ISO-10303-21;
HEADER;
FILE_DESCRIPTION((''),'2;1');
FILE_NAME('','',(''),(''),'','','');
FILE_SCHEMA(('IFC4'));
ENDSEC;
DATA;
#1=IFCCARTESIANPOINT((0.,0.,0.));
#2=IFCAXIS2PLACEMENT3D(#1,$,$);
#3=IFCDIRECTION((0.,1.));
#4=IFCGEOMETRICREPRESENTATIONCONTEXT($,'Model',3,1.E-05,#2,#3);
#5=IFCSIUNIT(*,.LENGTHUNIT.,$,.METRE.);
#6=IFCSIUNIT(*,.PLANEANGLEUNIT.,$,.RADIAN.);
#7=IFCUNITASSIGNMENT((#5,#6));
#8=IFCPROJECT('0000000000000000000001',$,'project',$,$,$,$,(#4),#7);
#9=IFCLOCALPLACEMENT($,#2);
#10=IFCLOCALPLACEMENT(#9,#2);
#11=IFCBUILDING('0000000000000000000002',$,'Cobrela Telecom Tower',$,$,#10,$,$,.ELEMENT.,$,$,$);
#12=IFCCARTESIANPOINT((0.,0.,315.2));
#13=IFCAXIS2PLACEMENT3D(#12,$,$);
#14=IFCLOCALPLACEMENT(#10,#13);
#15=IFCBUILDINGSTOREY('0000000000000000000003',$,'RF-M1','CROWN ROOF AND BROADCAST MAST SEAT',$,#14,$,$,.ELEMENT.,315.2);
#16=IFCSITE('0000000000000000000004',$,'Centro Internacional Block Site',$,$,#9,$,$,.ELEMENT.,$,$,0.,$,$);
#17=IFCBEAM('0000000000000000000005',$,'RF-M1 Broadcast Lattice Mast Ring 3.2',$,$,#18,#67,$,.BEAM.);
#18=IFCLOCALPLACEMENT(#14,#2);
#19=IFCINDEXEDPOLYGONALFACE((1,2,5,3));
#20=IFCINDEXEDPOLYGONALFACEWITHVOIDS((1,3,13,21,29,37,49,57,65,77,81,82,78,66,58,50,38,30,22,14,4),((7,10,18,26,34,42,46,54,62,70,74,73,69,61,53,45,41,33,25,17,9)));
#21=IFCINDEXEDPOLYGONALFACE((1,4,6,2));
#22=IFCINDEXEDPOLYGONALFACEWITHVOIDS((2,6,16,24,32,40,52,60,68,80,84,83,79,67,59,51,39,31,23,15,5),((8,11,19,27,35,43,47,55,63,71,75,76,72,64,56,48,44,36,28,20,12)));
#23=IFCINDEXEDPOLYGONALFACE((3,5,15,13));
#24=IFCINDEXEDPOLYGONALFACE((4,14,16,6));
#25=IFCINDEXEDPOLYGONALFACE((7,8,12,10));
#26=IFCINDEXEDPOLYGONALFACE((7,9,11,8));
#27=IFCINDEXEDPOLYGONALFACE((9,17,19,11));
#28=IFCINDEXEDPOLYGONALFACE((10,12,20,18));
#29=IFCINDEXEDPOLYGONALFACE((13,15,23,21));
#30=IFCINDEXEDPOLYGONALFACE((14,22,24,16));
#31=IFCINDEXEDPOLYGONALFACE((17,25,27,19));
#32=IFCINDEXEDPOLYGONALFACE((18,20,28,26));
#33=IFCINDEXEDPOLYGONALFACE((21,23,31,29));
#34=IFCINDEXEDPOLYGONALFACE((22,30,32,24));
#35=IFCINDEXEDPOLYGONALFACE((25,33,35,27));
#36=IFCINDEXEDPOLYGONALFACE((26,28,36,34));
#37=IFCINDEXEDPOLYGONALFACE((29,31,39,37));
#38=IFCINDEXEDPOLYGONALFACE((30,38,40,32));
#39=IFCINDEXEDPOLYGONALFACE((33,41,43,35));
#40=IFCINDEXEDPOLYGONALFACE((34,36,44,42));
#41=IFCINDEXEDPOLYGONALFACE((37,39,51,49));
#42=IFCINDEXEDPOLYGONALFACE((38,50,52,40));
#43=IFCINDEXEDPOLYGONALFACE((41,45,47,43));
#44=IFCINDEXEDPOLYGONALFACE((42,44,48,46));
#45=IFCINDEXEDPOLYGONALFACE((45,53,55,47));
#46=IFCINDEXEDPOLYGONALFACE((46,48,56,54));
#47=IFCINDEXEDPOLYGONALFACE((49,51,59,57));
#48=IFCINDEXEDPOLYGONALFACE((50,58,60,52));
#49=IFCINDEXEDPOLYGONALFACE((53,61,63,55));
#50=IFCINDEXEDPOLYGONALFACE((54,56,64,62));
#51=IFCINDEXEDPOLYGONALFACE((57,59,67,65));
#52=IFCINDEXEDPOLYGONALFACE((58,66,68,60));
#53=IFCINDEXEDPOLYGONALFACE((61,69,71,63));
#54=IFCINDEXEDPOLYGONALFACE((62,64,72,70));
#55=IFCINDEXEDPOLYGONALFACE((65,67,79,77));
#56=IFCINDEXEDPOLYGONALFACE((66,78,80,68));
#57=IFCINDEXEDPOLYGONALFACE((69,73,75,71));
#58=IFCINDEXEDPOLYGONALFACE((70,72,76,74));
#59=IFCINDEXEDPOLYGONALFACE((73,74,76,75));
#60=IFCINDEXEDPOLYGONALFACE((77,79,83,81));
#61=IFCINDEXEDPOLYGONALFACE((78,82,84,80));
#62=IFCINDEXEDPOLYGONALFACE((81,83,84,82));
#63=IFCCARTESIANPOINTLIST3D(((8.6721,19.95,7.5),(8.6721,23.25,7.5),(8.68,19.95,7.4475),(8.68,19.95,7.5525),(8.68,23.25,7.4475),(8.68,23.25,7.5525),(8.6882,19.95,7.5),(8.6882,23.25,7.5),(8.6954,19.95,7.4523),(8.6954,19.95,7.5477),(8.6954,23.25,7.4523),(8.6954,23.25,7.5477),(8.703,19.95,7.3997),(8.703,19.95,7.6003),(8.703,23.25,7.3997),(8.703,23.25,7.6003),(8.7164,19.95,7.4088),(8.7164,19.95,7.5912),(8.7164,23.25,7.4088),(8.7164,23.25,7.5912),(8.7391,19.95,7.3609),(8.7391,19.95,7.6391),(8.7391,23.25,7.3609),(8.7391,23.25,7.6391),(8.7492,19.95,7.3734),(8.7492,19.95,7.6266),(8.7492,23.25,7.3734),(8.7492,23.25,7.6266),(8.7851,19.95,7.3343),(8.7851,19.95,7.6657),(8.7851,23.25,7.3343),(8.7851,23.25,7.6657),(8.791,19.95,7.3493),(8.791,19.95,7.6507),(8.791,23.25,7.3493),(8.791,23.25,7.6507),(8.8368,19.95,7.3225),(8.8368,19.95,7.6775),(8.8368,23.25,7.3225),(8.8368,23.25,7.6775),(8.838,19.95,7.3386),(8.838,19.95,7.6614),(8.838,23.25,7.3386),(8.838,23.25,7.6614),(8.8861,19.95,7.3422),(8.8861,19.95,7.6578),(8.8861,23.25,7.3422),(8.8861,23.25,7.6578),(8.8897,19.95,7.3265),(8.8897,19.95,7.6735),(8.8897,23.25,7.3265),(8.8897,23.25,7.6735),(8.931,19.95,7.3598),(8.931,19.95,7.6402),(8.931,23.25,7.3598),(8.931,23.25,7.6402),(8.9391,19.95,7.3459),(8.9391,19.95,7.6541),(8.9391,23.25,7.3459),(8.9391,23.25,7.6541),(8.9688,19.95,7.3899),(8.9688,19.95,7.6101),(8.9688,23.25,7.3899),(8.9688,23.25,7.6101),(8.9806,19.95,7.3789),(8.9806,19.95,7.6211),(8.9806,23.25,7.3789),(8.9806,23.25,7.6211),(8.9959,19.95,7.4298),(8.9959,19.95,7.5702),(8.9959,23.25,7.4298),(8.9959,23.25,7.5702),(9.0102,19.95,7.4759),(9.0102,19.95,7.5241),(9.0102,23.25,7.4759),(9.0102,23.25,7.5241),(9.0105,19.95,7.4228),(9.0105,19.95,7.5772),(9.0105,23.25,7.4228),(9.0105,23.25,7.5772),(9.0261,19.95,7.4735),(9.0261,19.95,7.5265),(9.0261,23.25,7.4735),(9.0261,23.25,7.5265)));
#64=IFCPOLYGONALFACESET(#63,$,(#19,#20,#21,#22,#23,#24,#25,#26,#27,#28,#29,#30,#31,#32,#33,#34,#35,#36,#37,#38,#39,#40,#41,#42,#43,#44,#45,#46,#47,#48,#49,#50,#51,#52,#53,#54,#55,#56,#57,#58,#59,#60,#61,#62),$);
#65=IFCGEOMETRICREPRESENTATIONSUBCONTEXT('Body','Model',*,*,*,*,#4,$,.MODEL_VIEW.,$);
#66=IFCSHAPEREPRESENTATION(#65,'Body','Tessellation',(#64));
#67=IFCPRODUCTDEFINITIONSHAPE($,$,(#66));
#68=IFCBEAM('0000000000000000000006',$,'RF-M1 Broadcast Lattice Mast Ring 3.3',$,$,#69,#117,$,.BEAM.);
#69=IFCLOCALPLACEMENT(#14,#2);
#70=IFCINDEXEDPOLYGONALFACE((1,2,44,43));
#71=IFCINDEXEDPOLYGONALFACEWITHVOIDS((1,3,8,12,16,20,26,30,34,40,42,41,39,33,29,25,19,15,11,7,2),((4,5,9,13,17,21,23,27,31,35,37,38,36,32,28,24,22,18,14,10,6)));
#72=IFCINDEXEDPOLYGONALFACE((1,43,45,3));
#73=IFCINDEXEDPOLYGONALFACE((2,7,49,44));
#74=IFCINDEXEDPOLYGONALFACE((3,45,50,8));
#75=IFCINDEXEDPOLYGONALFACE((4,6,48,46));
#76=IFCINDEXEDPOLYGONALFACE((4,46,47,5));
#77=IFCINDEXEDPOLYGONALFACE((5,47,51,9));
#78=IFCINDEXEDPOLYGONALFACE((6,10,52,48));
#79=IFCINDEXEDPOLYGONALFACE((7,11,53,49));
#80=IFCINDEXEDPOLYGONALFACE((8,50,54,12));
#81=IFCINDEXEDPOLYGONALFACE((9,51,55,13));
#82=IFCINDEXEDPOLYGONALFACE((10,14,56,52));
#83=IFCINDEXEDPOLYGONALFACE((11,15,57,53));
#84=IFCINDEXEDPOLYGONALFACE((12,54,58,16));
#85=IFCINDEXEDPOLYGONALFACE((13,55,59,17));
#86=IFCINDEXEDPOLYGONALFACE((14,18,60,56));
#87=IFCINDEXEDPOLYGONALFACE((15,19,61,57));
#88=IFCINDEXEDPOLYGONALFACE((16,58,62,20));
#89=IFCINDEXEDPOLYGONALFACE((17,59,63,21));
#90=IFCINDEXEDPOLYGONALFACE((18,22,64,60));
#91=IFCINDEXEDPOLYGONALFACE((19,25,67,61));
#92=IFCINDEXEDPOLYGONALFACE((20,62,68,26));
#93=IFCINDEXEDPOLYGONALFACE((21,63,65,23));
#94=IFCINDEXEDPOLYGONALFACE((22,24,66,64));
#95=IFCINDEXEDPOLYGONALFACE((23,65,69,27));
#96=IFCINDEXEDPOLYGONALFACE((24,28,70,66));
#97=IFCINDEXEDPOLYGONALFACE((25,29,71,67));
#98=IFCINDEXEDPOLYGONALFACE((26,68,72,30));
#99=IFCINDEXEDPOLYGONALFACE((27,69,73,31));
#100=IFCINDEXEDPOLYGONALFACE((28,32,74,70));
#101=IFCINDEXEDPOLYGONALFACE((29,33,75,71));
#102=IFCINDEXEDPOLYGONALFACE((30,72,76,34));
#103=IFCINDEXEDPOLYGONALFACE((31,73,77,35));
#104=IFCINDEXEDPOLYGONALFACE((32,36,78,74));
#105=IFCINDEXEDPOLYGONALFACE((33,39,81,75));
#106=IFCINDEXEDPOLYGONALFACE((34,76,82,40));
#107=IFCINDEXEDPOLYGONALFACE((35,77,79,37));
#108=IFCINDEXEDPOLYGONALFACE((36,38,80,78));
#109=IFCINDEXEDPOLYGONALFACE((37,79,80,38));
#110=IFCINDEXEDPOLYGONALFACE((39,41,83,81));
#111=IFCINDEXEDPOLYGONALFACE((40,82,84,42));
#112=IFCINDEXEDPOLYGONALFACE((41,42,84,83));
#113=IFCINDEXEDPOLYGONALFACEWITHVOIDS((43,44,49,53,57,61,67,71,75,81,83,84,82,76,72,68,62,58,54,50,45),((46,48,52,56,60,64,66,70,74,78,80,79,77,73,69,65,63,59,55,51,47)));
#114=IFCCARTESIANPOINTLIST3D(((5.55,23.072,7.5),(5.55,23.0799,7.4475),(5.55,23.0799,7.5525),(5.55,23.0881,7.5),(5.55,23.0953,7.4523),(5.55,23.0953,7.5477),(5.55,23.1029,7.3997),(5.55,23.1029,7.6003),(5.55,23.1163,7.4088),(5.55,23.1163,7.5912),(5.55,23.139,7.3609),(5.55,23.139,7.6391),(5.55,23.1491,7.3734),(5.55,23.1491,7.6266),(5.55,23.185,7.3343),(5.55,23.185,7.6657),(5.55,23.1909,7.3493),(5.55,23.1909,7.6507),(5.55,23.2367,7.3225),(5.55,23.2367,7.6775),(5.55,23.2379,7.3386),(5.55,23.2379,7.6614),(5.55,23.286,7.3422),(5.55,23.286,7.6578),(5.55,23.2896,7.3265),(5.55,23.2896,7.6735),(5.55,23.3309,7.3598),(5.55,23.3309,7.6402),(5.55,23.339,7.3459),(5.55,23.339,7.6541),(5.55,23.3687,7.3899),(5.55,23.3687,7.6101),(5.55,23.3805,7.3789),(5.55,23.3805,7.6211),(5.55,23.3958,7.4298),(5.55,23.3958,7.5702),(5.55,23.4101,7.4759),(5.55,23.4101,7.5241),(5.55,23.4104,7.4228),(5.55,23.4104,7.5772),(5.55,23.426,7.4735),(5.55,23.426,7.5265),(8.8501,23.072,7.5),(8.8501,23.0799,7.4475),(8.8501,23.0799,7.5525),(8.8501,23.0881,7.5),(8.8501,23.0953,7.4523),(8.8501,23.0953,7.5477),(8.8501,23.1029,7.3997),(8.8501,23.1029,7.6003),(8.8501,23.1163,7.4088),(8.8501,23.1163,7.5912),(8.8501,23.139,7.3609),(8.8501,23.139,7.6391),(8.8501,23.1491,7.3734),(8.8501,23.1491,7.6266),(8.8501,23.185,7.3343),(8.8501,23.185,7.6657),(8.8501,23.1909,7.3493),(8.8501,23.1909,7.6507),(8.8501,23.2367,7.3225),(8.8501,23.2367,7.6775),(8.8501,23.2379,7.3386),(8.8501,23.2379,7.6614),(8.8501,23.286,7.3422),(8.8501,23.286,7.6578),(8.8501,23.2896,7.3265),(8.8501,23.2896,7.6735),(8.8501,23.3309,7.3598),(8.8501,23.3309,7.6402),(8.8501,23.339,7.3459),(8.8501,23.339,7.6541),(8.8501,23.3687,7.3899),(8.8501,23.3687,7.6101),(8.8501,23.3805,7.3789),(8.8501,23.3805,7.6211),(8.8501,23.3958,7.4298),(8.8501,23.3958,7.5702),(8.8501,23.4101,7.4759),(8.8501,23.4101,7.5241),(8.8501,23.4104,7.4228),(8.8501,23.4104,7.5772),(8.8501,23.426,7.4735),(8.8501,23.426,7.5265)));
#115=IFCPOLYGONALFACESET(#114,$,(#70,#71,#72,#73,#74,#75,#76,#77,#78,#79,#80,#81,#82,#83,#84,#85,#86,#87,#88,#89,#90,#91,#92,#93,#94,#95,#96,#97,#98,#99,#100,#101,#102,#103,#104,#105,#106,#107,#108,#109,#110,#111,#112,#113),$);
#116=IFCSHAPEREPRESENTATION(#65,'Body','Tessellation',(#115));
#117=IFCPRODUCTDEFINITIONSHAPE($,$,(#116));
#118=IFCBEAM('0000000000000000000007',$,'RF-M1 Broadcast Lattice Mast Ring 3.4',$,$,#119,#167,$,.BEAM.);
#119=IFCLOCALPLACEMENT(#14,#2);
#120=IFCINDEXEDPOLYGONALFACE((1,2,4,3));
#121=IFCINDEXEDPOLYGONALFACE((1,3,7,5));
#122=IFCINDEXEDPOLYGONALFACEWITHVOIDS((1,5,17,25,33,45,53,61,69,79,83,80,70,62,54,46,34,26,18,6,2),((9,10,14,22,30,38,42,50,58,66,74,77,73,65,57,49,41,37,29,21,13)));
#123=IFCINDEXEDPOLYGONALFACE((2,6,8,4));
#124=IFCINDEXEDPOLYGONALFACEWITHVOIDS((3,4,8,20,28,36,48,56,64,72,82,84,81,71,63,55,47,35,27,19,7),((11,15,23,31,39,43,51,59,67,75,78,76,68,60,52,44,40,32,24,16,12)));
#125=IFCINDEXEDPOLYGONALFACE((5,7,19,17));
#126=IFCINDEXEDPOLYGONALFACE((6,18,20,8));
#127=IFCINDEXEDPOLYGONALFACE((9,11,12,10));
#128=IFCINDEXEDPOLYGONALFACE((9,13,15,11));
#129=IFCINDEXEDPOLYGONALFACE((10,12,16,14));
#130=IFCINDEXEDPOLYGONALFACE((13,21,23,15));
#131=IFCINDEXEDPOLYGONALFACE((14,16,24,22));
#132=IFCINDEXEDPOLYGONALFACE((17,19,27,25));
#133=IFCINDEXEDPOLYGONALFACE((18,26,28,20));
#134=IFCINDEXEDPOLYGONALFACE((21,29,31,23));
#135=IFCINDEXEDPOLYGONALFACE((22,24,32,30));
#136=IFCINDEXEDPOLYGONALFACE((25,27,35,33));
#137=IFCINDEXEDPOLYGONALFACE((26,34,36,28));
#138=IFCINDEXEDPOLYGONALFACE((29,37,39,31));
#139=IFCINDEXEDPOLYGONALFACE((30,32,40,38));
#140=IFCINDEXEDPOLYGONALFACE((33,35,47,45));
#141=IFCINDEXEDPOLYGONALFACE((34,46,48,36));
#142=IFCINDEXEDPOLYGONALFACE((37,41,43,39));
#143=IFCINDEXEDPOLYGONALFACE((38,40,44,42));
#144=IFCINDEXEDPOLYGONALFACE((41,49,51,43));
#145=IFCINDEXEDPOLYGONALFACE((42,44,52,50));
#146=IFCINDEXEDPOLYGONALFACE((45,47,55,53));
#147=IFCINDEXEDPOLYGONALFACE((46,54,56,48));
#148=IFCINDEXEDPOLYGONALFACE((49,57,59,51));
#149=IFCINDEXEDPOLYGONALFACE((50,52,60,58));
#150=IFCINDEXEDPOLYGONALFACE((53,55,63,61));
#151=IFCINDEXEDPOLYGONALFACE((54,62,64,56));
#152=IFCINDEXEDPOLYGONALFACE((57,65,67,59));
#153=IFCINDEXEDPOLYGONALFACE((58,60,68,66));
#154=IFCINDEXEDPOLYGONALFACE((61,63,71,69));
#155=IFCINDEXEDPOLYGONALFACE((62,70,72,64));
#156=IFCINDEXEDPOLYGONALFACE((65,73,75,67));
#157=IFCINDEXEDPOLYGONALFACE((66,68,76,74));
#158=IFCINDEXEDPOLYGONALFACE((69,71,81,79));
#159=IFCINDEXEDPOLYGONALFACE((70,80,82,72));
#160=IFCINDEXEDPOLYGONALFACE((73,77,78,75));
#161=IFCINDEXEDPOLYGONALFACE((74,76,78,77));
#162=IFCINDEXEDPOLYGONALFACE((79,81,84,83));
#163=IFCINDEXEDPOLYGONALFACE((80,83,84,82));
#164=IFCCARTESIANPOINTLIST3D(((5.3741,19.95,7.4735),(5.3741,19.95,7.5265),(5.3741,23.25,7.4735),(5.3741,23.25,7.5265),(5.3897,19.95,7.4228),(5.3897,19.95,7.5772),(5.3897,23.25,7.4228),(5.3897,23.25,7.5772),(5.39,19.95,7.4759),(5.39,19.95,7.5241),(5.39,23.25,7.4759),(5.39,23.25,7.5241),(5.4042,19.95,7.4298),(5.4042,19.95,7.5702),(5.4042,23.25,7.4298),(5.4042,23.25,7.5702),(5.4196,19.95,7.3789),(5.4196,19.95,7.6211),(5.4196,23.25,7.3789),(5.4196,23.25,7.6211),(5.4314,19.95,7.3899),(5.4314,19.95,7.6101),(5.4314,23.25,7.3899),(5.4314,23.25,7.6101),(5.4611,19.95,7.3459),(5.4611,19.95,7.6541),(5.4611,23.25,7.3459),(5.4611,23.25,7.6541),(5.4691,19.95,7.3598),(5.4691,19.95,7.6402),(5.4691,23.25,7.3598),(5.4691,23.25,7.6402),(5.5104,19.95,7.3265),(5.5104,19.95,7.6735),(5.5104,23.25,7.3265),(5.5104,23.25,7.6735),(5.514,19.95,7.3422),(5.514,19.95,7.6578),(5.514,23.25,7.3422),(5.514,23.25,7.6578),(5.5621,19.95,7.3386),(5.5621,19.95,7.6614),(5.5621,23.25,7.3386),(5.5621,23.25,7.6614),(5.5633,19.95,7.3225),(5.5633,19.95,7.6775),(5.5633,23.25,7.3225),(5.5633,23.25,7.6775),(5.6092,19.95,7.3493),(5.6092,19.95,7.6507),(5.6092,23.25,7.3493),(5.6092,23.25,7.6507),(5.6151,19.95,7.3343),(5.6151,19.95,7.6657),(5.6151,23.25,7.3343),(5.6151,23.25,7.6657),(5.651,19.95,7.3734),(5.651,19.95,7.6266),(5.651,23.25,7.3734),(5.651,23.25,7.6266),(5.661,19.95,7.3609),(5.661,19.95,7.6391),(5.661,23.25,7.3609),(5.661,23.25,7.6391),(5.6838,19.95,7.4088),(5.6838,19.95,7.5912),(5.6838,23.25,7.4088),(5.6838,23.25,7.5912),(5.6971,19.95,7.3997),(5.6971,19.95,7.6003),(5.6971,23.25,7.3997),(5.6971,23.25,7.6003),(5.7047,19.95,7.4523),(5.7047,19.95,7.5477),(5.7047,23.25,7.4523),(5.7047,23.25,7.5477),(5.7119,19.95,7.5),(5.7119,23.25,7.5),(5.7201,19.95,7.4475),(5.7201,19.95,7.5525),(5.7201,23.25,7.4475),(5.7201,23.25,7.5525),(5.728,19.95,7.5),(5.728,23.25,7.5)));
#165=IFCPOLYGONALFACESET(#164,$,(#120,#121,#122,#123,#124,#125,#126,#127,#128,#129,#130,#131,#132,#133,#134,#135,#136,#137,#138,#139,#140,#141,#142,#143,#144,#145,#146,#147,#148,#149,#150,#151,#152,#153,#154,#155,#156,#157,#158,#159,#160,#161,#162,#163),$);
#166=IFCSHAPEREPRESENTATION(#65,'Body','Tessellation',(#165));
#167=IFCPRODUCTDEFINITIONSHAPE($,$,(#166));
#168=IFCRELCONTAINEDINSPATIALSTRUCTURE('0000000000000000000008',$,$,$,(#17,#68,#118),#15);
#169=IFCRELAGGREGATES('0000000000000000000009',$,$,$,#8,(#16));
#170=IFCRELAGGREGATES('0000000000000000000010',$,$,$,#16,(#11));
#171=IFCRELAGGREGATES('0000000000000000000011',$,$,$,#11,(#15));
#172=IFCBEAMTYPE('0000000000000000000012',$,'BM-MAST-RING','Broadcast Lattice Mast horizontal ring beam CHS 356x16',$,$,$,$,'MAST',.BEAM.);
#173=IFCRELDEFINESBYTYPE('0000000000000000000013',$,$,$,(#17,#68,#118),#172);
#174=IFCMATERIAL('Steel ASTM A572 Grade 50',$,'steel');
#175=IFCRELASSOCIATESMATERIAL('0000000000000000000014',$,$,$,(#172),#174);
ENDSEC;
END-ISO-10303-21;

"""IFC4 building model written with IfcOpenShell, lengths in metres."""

from ifc_helpers import new_model, si_unit, direction, frame, origin, origin_2d, place, context, subcontext, project, spatial, hollow_circle, extrude, material, material_profile, profile_set, type_object, element, save


model = new_model("IFC4")

# Units and contexts
model_context = context("Model", 3, precision=1e-05, world=origin(), true_north=direction((0.0, 1.0)))
body_context = subcontext(model_context, "Body", "Model", "MODEL_VIEW")
ifc_project = project(units=[si_unit("LENGTHUNIT", "METRE"), si_unit("PLANEANGLEUNIT", "RADIAN")], contexts=[model_context])

# Site, building, storey
site_placement = place(None, origin())
site = spatial("IfcSite", under=ifc_project, at=site_placement, Name="Centro Internacional Block Site", CompositionType="ELEMENT", RefElevation=0.0)
building_placement = place(site_placement, origin())
building = spatial("IfcBuilding", under=site, at=building_placement, Name="Cobrela Telecom Tower", CompositionType="ELEMENT")
storey_placement = place(building_placement, frame((0.0, 0.0, 315.2)))
storey = spatial("IfcBuildingStorey", under=building, at=storey_placement, Name="RF-M1", Description="CROWN ROOF AND BROADCAST MAST SEAT", CompositionType="ELEMENT", Elevation=315.2)

# Beams
ifc_material = material(Name="Steel ASTM A572 Grade 50", Category="steel")
ifc_material_profile_1 = material_profile(ifc_material, hollow_circle(Radius=0.178, WallThickness=0.0161, at=origin_2d()), Name="CHS 356x16")
ifc_profile_set_1 = profile_set([ifc_material_profile_1], Name="Steel ASTM A572 Grade 50")
beam_type = type_object("IfcBeamType", Name="BM-MAST-RING", Description="Broadcast Lattice Mast horizontal ring beam CHS 356x16", ElementType="MAST", PredefinedType="BEAM", material=ifc_profile_set_1)
for number, where, z_axis, x_axis, name in (
    (1, (8.8501, 19.95, 7.5), (0.0, 1.0, 0.0), (-1.0, 0.0, 0.0), "RF-M1 Broadcast Lattice Mast Ring 3.2"),
    (2, (8.8501, 23.25, 7.5), (-1.0, 0.0, 0.0), (0.0, -1.0, 0.0), "RF-M1 Broadcast Lattice Mast Ring 3.3"),
    (3, (5.55, 23.25, 7.5), (0.0, -1.0, 0.0), (1.0, 0.0, 0.0), "RF-M1 Broadcast Lattice Mast Ring 3.4"),
):
    element("IfcBeam", number, at=place(storey_placement, frame(where, z_axis=z_axis, x_axis=x_axis)), inside=storey, type_object=beam_type, Name=name, PredefinedType="BEAM", context=body_context, shape_type="SweptSolid", body=[
        extrude(hollow_circle(Radius=0.178, WallThickness=0.0161, at=origin_2d()), origin(), (0.0, 0.0, 1.0), 3.3),
    ])

save(model, "model.ifc")
